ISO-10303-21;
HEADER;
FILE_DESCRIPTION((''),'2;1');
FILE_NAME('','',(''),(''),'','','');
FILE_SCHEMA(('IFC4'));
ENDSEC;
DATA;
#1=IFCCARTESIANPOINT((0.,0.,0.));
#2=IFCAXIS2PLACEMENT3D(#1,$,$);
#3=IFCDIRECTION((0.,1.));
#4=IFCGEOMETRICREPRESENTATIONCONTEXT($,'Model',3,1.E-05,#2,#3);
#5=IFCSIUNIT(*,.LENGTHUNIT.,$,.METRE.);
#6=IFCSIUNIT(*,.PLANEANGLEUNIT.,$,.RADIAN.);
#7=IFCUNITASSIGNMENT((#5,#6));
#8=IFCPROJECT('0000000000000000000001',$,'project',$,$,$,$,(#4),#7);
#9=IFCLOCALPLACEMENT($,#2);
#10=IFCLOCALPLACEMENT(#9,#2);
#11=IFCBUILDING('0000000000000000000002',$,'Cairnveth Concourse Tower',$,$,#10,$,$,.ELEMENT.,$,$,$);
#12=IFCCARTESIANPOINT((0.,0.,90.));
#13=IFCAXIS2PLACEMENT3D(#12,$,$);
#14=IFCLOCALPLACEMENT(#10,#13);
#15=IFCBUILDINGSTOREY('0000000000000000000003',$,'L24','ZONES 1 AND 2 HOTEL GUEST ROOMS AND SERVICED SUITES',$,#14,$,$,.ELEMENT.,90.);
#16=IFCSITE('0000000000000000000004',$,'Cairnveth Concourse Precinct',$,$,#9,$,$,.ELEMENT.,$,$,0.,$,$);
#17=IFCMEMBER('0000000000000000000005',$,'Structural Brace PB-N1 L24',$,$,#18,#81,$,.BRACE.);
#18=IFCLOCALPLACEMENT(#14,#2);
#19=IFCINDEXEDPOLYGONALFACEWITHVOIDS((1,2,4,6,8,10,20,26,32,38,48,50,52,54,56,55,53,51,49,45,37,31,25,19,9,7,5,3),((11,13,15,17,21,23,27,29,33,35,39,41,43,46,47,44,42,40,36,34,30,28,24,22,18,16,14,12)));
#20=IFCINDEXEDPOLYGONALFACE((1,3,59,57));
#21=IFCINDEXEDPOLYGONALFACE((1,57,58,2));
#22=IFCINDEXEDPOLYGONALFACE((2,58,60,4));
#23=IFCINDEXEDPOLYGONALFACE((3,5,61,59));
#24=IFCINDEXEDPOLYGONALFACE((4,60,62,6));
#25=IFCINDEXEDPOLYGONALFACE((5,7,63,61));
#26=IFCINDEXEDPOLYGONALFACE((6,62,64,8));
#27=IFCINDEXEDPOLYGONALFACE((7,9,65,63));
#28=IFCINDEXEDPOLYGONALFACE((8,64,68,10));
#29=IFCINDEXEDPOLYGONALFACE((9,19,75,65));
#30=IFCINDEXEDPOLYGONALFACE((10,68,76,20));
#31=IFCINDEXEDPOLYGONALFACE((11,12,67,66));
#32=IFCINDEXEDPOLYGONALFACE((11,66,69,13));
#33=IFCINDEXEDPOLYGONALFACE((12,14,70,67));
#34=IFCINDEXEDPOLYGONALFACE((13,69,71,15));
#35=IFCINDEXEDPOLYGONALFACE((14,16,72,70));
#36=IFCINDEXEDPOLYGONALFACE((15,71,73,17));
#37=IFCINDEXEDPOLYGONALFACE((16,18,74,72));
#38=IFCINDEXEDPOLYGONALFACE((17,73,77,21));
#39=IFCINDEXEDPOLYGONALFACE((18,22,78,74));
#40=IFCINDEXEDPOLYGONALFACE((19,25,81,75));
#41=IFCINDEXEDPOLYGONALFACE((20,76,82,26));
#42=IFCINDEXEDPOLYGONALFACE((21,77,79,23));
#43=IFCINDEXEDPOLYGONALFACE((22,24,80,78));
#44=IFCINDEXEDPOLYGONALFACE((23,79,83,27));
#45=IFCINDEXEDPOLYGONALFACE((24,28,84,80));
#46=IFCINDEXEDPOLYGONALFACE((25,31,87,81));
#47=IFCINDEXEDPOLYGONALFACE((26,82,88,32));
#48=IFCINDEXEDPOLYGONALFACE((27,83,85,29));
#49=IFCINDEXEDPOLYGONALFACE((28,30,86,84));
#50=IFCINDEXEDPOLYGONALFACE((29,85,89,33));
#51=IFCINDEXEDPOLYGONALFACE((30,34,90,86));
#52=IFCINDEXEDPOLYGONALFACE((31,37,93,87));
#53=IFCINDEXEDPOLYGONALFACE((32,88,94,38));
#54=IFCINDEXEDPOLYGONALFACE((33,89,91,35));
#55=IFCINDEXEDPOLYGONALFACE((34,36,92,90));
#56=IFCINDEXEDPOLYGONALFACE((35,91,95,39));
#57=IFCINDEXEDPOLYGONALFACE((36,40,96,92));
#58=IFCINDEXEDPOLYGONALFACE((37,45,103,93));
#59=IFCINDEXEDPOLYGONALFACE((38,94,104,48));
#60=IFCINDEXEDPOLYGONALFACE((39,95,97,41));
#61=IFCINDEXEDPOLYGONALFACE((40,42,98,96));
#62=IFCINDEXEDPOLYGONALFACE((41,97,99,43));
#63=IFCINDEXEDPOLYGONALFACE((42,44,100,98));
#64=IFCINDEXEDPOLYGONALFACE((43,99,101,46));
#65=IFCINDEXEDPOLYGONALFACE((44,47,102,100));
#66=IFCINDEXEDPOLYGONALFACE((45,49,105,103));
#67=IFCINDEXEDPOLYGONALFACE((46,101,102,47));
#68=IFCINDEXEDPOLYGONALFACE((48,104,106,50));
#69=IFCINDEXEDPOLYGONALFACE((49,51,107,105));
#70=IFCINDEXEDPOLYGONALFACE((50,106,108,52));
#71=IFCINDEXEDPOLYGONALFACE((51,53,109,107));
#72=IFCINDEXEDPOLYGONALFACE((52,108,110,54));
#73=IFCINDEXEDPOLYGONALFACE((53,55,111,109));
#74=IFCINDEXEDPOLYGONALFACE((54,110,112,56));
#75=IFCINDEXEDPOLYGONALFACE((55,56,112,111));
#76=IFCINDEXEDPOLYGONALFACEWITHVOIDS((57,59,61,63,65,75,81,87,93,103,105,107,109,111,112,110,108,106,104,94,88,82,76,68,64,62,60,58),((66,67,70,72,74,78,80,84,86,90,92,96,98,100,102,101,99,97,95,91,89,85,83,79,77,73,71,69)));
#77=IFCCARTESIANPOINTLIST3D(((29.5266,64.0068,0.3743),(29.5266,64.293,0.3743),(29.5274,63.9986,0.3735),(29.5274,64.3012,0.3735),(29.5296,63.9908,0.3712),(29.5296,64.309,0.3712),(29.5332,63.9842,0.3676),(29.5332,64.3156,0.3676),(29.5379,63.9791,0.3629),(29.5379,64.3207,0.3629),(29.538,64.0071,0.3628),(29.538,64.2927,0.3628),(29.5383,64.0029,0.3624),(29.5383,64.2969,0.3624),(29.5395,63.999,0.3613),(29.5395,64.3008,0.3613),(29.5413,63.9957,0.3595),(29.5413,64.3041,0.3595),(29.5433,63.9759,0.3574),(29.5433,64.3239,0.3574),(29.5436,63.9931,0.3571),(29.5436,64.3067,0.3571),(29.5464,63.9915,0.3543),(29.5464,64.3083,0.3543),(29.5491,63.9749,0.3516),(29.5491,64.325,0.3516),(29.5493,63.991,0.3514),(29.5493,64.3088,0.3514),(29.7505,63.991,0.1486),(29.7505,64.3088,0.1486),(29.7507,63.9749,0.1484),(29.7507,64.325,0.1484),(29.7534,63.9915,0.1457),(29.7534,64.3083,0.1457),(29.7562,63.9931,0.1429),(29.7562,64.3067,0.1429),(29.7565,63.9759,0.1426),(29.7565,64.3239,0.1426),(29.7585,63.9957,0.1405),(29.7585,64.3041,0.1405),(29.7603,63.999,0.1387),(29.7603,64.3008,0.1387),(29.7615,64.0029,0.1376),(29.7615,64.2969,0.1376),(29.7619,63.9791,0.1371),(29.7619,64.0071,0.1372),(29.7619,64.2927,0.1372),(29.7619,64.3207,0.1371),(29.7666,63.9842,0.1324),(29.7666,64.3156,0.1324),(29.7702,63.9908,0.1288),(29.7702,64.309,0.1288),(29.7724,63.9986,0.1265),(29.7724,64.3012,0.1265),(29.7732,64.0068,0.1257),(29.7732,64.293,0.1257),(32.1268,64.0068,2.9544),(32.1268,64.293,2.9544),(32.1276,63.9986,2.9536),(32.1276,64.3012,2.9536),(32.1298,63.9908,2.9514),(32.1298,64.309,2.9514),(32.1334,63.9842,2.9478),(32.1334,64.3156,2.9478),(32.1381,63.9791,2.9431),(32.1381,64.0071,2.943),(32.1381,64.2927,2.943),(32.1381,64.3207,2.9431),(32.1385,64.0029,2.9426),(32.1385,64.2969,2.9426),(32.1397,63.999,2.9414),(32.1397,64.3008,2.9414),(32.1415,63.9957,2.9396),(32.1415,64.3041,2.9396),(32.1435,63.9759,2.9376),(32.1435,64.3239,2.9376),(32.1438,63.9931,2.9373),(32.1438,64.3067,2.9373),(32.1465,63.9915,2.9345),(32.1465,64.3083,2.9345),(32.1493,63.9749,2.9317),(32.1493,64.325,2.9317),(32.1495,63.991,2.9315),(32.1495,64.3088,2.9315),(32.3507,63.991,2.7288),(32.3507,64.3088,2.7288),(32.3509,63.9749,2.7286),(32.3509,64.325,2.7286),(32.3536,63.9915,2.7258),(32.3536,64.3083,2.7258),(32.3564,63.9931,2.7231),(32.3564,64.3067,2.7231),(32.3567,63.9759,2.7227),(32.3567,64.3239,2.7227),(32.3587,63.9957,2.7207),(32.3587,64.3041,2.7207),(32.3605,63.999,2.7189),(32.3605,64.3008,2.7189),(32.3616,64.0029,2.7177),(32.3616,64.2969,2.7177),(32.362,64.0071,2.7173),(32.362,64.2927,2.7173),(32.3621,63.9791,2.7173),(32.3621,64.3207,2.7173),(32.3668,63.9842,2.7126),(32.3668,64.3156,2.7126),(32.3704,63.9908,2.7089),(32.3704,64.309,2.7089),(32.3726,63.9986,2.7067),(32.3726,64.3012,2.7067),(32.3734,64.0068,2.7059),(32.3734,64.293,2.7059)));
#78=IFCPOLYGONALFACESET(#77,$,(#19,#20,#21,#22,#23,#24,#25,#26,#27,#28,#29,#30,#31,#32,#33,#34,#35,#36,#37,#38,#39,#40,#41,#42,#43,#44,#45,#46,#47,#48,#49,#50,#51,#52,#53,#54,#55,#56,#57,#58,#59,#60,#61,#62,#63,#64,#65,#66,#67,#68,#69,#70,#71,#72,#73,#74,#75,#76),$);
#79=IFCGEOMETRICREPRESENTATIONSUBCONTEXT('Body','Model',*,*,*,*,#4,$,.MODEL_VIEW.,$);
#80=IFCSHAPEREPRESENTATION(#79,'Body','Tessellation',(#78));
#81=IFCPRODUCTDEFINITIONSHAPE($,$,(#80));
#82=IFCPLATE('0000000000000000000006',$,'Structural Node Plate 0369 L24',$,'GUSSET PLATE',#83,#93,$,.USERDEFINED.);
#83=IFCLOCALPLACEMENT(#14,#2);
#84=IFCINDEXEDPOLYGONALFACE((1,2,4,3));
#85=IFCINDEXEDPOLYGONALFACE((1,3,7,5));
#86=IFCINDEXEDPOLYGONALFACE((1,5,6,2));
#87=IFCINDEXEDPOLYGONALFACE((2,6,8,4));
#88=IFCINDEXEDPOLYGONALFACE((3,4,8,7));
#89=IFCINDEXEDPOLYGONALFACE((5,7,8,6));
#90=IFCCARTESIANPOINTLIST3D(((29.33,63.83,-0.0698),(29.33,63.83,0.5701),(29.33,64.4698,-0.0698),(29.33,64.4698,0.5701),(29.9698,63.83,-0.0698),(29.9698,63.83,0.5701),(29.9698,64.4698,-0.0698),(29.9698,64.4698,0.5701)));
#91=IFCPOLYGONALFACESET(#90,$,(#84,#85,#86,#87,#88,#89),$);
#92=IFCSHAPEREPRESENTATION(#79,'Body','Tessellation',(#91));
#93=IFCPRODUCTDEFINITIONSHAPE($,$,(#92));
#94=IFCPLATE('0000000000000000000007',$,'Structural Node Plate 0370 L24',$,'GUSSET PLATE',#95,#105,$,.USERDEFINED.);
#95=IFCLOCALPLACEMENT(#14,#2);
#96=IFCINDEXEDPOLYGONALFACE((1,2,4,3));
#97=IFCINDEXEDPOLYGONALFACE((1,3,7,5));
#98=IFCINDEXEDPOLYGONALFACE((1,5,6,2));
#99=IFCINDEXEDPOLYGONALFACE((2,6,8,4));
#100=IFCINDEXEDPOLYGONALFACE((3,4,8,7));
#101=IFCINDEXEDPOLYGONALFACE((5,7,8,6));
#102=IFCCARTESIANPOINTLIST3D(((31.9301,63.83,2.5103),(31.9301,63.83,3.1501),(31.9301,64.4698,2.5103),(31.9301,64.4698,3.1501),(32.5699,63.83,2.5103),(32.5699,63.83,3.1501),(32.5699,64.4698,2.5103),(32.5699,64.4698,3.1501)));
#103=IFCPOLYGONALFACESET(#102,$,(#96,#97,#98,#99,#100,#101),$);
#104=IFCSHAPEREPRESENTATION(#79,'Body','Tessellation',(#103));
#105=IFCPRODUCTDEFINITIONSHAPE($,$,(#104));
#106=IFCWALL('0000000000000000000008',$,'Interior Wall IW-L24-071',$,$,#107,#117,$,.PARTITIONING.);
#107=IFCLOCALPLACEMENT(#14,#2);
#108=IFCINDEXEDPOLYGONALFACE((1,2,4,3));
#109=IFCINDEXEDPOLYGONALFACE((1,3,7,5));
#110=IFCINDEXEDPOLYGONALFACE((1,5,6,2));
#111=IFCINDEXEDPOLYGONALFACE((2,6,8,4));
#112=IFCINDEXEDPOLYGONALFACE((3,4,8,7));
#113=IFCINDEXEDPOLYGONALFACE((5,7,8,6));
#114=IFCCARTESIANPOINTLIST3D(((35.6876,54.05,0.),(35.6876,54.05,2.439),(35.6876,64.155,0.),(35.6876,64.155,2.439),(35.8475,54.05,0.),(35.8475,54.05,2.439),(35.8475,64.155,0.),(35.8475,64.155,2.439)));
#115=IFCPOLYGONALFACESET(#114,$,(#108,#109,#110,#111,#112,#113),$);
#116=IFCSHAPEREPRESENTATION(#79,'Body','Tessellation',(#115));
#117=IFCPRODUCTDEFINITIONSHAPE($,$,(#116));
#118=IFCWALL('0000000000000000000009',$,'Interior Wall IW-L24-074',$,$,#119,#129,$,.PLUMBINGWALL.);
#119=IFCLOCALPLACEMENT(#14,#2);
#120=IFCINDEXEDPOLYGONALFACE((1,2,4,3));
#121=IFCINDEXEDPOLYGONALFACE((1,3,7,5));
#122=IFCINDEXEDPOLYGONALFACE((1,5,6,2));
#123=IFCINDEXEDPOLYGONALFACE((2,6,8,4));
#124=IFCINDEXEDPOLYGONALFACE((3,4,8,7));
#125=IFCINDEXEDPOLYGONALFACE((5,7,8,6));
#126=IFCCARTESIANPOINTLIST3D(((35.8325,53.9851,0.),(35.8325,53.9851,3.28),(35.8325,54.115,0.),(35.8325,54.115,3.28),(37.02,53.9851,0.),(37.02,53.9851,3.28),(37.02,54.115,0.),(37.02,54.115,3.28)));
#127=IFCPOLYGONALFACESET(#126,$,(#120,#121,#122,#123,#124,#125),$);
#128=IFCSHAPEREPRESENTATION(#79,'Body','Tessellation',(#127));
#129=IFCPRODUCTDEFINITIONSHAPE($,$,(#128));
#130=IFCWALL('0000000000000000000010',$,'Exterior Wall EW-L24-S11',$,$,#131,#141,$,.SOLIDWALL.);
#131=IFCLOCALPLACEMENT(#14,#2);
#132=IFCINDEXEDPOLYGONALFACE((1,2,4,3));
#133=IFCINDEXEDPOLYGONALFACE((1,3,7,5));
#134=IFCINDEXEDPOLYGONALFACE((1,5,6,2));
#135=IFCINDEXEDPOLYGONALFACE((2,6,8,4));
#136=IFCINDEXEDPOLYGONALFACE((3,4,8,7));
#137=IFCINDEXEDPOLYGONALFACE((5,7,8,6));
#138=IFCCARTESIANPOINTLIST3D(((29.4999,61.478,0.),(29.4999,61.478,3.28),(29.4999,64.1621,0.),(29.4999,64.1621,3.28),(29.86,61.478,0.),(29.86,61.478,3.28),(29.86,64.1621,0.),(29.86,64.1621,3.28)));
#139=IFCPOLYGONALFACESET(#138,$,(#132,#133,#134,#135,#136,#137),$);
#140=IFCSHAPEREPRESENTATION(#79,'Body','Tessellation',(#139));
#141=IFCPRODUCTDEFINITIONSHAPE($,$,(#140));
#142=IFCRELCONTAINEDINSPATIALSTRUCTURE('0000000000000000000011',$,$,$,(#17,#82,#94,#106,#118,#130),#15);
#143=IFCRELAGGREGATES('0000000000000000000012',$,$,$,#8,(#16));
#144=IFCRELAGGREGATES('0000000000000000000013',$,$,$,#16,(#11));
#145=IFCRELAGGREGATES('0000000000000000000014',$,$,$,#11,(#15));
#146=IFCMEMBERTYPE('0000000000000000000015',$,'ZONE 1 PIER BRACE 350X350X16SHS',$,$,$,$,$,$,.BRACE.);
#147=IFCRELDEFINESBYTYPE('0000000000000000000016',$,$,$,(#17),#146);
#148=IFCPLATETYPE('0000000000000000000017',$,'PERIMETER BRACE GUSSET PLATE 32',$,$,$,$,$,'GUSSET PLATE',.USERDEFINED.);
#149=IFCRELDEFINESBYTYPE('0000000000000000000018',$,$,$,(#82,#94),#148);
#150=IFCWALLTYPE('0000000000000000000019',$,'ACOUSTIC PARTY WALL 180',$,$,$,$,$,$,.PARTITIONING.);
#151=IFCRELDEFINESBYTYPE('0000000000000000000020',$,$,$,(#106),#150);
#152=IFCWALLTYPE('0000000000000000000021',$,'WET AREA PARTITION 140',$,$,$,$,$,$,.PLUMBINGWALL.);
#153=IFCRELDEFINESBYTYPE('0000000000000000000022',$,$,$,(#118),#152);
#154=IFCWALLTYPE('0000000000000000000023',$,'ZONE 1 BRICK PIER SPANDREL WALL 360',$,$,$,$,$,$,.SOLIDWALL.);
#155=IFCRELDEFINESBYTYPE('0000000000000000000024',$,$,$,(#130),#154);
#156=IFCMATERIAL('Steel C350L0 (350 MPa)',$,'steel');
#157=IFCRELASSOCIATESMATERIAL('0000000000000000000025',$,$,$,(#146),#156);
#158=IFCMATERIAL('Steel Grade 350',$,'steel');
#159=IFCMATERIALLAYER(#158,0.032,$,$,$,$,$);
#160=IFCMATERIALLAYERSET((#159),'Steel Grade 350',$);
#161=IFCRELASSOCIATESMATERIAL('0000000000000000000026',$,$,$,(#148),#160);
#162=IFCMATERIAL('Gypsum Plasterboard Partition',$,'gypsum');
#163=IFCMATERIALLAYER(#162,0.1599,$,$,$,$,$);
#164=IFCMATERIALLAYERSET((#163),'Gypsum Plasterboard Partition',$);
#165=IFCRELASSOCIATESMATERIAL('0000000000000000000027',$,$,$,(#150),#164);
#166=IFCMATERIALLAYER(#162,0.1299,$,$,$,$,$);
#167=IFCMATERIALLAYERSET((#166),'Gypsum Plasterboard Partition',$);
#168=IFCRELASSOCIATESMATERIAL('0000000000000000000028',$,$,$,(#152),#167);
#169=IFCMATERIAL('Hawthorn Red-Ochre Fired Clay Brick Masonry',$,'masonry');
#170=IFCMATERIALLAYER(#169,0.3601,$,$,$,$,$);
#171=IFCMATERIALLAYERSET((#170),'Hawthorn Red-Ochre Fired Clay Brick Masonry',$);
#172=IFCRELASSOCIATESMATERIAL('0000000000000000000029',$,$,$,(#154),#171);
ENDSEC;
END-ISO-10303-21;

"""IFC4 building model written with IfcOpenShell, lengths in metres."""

from ifc_helpers import new_model, si_unit, direction, frame, frame_2d, origin, origin_2d, place, context, subcontext, project, spatial, rectangle, hollow_rectangle, extrude, material, layer, layer_set, material_profile, profile_set, type_object, element, save


model = new_model("IFC4")

# Units and contexts
model_context = context("Model", 3, precision=1e-05, world=origin(), true_north=direction((0.0, 1.0)))
body_context = subcontext(model_context, "Body", "Model", "MODEL_VIEW")
ifc_project = project(units=[si_unit("LENGTHUNIT", "METRE"), si_unit("PLANEANGLEUNIT", "RADIAN")], contexts=[model_context])

# Site, building, storey
site_placement = place(None, origin())
site = spatial("IfcSite", under=ifc_project, at=site_placement, Name="Cairnveth Concourse Precinct", CompositionType="ELEMENT", RefElevation=0.0)
building_placement = place(site_placement, origin())
building = spatial("IfcBuilding", under=site, at=building_placement, Name="Cairnveth Concourse Tower", CompositionType="ELEMENT")
storey_placement = place(building_placement, frame((0.0, 0.0, 90.0)))
storey = spatial("IfcBuildingStorey", under=building, at=storey_placement, Name="L24", Description="ZONES 1 AND 2 HOTEL GUEST ROOMS AND SERVICED SUITES", CompositionType="ELEMENT", Elevation=90.0)

# Member
ifc_material_1 = material(Name="Steel C350L0 (350 MPa)", Category="steel")
ifc_material_profile = material_profile(ifc_material_1, hollow_rectangle(XDim=0.3501, YDim=0.3501, WallThickness=0.0161, InnerFilletRadius=0.0161, OuterFilletRadius=0.032, at=origin_2d()), Name="350x350x16.0SHS")
ifc_profile_set = profile_set([ifc_material_profile], Name="Steel C350L0 (350 MPa)")
member_type = type_object("IfcMemberType", Name="ZONE 1 PIER BRACE 350X350X16SHS", PredefinedType="BRACE", material=ifc_profile_set)
member_placement = place(storey_placement, frame((29.6499, 64.1499, 0.25), z_axis=(0.709834, 0.0, 0.704369), x_axis=(0.0, 1.0, 0.0)))
element("IfcMember", 1, at=member_placement, inside=storey, type_object=member_type, Name="Structural Brace PB-N1 L24", PredefinedType="BRACE", context=body_context, shape_type="SweptSolid", body=[
    extrude(hollow_rectangle(XDim=0.3501, YDim=0.3501, WallThickness=0.0161, InnerFilletRadius=0.0161, OuterFilletRadius=0.032, at=origin_2d()), origin(), (0.0, 0.0, 1.0), 3.6631),
])

# Plates
ifc_material_2 = material(Name="Steel Grade 350", Category="steel")
ifc_layer_1 = layer(ifc_material_2, 0.032)
ifc_layer_set_1 = layer_set([ifc_layer_1], Name="Steel Grade 350")
plate_type = type_object("IfcPlateType", Name="PERIMETER BRACE GUSSET PLATE 32", ElementType="GUSSET PLATE", PredefinedType="USERDEFINED", material=ifc_layer_set_1)
for number, where, z_axis, x_axis, name in (
    (2, (29.6499, 64.1499, -0.0698), (0.0, 0.0, 1.0), (1.0, 0.0, 0.0), "Structural Node Plate 0369 L24"),
    (3, (32.25, 64.1499, 2.5103), (0.0, 0.0, 1.0), (1.0, 0.0, 0.0), "Structural Node Plate 0370 L24"),
):
    element("IfcPlate", number, at=place(storey_placement, frame(where, z_axis=z_axis, x_axis=x_axis)), inside=storey, type_object=plate_type, Name=name, ObjectType="GUSSET PLATE", PredefinedType="USERDEFINED", context=body_context, shape_type="SweptSolid", body=[
        extrude(rectangle(XDim=0.6399, YDim=0.6399, at=origin_2d()), origin(), (0.0, 0.0, 1.0), 0.6399),
    ])

# Walls
ifc_material_3 = material(Name="Gypsum Plasterboard Partition", Category="gypsum")
ifc_layer_2 = layer(ifc_material_3, 0.1599)
ifc_layer_set_2 = layer_set([ifc_layer_2], Name="Gypsum Plasterboard Partition")
wall_type_1 = type_object("IfcWallType", Name="ACOUSTIC PARTY WALL 180", PredefinedType="PARTITIONING", material=ifc_layer_set_2)
wall_1_placement = place(storey_placement, frame((35.7676, 54.05, 0.0), z_axis=(0.0, 0.0, 1.0), x_axis=(0.0, 1.0, 0.0)))
element("IfcWall", 4, at=wall_1_placement, inside=storey, type_object=wall_type_1, Name="Interior Wall IW-L24-071", PredefinedType="PARTITIONING", context=body_context, shape_type="SweptSolid", body=[
    extrude(rectangle(XDim=10.105, YDim=0.1599, at=frame_2d((5.0525, 0.0))), origin(), (0.0, 0.0, 1.0), 2.439),
])
ifc_layer_3 = layer(ifc_material_3, 0.1299)
ifc_layer_set_3 = layer_set([ifc_layer_3], Name="Gypsum Plasterboard Partition")
wall_type_2 = type_object("IfcWallType", Name="WET AREA PARTITION 140", PredefinedType="PLUMBINGWALL", material=ifc_layer_set_3)
wall_2_placement = place(storey_placement, frame((35.8325, 54.05, 0.0), z_axis=(0.0, 0.0, 1.0), x_axis=(1.0, 0.0, 0.0)))
element("IfcWall", 5, at=wall_2_placement, inside=storey, type_object=wall_type_2, Name="Interior Wall IW-L24-074", PredefinedType="PLUMBINGWALL", context=body_context, shape_type="SweptSolid", body=[
    extrude(rectangle(XDim=1.1875, YDim=0.1299, at=frame_2d((0.5938, 0.0))), origin(), (0.0, 0.0, 1.0), 3.28),
])
ifc_material_4 = material(Name="Hawthorn Red-Ochre Fired Clay Brick Masonry", Category="masonry")
ifc_layer_4 = layer(ifc_material_4, 0.3601)
ifc_layer_set_4 = layer_set([ifc_layer_4], Name="Hawthorn Red-Ochre Fired Clay Brick Masonry")
wall_type_3 = type_object("IfcWallType", Name="ZONE 1 BRICK PIER SPANDREL WALL 360", PredefinedType="SOLIDWALL", material=ifc_layer_set_4)
wall_3_placement = place(storey_placement, frame((29.6799, 61.478, 0.0), z_axis=(0.0, 0.0, 1.0), x_axis=(0.0, 1.0, 0.0)))
element("IfcWall", 6, at=wall_3_placement, inside=storey, type_object=wall_type_3, Name="Exterior Wall EW-L24-S11", PredefinedType="SOLIDWALL", context=body_context, shape_type="SweptSolid", body=[
    extrude(rectangle(XDim=2.6841, YDim=0.3601, at=frame_2d((1.342, 0.0))), origin(), (0.0, 0.0, 1.0), 3.28),
])

save(model, "model.ifc")
